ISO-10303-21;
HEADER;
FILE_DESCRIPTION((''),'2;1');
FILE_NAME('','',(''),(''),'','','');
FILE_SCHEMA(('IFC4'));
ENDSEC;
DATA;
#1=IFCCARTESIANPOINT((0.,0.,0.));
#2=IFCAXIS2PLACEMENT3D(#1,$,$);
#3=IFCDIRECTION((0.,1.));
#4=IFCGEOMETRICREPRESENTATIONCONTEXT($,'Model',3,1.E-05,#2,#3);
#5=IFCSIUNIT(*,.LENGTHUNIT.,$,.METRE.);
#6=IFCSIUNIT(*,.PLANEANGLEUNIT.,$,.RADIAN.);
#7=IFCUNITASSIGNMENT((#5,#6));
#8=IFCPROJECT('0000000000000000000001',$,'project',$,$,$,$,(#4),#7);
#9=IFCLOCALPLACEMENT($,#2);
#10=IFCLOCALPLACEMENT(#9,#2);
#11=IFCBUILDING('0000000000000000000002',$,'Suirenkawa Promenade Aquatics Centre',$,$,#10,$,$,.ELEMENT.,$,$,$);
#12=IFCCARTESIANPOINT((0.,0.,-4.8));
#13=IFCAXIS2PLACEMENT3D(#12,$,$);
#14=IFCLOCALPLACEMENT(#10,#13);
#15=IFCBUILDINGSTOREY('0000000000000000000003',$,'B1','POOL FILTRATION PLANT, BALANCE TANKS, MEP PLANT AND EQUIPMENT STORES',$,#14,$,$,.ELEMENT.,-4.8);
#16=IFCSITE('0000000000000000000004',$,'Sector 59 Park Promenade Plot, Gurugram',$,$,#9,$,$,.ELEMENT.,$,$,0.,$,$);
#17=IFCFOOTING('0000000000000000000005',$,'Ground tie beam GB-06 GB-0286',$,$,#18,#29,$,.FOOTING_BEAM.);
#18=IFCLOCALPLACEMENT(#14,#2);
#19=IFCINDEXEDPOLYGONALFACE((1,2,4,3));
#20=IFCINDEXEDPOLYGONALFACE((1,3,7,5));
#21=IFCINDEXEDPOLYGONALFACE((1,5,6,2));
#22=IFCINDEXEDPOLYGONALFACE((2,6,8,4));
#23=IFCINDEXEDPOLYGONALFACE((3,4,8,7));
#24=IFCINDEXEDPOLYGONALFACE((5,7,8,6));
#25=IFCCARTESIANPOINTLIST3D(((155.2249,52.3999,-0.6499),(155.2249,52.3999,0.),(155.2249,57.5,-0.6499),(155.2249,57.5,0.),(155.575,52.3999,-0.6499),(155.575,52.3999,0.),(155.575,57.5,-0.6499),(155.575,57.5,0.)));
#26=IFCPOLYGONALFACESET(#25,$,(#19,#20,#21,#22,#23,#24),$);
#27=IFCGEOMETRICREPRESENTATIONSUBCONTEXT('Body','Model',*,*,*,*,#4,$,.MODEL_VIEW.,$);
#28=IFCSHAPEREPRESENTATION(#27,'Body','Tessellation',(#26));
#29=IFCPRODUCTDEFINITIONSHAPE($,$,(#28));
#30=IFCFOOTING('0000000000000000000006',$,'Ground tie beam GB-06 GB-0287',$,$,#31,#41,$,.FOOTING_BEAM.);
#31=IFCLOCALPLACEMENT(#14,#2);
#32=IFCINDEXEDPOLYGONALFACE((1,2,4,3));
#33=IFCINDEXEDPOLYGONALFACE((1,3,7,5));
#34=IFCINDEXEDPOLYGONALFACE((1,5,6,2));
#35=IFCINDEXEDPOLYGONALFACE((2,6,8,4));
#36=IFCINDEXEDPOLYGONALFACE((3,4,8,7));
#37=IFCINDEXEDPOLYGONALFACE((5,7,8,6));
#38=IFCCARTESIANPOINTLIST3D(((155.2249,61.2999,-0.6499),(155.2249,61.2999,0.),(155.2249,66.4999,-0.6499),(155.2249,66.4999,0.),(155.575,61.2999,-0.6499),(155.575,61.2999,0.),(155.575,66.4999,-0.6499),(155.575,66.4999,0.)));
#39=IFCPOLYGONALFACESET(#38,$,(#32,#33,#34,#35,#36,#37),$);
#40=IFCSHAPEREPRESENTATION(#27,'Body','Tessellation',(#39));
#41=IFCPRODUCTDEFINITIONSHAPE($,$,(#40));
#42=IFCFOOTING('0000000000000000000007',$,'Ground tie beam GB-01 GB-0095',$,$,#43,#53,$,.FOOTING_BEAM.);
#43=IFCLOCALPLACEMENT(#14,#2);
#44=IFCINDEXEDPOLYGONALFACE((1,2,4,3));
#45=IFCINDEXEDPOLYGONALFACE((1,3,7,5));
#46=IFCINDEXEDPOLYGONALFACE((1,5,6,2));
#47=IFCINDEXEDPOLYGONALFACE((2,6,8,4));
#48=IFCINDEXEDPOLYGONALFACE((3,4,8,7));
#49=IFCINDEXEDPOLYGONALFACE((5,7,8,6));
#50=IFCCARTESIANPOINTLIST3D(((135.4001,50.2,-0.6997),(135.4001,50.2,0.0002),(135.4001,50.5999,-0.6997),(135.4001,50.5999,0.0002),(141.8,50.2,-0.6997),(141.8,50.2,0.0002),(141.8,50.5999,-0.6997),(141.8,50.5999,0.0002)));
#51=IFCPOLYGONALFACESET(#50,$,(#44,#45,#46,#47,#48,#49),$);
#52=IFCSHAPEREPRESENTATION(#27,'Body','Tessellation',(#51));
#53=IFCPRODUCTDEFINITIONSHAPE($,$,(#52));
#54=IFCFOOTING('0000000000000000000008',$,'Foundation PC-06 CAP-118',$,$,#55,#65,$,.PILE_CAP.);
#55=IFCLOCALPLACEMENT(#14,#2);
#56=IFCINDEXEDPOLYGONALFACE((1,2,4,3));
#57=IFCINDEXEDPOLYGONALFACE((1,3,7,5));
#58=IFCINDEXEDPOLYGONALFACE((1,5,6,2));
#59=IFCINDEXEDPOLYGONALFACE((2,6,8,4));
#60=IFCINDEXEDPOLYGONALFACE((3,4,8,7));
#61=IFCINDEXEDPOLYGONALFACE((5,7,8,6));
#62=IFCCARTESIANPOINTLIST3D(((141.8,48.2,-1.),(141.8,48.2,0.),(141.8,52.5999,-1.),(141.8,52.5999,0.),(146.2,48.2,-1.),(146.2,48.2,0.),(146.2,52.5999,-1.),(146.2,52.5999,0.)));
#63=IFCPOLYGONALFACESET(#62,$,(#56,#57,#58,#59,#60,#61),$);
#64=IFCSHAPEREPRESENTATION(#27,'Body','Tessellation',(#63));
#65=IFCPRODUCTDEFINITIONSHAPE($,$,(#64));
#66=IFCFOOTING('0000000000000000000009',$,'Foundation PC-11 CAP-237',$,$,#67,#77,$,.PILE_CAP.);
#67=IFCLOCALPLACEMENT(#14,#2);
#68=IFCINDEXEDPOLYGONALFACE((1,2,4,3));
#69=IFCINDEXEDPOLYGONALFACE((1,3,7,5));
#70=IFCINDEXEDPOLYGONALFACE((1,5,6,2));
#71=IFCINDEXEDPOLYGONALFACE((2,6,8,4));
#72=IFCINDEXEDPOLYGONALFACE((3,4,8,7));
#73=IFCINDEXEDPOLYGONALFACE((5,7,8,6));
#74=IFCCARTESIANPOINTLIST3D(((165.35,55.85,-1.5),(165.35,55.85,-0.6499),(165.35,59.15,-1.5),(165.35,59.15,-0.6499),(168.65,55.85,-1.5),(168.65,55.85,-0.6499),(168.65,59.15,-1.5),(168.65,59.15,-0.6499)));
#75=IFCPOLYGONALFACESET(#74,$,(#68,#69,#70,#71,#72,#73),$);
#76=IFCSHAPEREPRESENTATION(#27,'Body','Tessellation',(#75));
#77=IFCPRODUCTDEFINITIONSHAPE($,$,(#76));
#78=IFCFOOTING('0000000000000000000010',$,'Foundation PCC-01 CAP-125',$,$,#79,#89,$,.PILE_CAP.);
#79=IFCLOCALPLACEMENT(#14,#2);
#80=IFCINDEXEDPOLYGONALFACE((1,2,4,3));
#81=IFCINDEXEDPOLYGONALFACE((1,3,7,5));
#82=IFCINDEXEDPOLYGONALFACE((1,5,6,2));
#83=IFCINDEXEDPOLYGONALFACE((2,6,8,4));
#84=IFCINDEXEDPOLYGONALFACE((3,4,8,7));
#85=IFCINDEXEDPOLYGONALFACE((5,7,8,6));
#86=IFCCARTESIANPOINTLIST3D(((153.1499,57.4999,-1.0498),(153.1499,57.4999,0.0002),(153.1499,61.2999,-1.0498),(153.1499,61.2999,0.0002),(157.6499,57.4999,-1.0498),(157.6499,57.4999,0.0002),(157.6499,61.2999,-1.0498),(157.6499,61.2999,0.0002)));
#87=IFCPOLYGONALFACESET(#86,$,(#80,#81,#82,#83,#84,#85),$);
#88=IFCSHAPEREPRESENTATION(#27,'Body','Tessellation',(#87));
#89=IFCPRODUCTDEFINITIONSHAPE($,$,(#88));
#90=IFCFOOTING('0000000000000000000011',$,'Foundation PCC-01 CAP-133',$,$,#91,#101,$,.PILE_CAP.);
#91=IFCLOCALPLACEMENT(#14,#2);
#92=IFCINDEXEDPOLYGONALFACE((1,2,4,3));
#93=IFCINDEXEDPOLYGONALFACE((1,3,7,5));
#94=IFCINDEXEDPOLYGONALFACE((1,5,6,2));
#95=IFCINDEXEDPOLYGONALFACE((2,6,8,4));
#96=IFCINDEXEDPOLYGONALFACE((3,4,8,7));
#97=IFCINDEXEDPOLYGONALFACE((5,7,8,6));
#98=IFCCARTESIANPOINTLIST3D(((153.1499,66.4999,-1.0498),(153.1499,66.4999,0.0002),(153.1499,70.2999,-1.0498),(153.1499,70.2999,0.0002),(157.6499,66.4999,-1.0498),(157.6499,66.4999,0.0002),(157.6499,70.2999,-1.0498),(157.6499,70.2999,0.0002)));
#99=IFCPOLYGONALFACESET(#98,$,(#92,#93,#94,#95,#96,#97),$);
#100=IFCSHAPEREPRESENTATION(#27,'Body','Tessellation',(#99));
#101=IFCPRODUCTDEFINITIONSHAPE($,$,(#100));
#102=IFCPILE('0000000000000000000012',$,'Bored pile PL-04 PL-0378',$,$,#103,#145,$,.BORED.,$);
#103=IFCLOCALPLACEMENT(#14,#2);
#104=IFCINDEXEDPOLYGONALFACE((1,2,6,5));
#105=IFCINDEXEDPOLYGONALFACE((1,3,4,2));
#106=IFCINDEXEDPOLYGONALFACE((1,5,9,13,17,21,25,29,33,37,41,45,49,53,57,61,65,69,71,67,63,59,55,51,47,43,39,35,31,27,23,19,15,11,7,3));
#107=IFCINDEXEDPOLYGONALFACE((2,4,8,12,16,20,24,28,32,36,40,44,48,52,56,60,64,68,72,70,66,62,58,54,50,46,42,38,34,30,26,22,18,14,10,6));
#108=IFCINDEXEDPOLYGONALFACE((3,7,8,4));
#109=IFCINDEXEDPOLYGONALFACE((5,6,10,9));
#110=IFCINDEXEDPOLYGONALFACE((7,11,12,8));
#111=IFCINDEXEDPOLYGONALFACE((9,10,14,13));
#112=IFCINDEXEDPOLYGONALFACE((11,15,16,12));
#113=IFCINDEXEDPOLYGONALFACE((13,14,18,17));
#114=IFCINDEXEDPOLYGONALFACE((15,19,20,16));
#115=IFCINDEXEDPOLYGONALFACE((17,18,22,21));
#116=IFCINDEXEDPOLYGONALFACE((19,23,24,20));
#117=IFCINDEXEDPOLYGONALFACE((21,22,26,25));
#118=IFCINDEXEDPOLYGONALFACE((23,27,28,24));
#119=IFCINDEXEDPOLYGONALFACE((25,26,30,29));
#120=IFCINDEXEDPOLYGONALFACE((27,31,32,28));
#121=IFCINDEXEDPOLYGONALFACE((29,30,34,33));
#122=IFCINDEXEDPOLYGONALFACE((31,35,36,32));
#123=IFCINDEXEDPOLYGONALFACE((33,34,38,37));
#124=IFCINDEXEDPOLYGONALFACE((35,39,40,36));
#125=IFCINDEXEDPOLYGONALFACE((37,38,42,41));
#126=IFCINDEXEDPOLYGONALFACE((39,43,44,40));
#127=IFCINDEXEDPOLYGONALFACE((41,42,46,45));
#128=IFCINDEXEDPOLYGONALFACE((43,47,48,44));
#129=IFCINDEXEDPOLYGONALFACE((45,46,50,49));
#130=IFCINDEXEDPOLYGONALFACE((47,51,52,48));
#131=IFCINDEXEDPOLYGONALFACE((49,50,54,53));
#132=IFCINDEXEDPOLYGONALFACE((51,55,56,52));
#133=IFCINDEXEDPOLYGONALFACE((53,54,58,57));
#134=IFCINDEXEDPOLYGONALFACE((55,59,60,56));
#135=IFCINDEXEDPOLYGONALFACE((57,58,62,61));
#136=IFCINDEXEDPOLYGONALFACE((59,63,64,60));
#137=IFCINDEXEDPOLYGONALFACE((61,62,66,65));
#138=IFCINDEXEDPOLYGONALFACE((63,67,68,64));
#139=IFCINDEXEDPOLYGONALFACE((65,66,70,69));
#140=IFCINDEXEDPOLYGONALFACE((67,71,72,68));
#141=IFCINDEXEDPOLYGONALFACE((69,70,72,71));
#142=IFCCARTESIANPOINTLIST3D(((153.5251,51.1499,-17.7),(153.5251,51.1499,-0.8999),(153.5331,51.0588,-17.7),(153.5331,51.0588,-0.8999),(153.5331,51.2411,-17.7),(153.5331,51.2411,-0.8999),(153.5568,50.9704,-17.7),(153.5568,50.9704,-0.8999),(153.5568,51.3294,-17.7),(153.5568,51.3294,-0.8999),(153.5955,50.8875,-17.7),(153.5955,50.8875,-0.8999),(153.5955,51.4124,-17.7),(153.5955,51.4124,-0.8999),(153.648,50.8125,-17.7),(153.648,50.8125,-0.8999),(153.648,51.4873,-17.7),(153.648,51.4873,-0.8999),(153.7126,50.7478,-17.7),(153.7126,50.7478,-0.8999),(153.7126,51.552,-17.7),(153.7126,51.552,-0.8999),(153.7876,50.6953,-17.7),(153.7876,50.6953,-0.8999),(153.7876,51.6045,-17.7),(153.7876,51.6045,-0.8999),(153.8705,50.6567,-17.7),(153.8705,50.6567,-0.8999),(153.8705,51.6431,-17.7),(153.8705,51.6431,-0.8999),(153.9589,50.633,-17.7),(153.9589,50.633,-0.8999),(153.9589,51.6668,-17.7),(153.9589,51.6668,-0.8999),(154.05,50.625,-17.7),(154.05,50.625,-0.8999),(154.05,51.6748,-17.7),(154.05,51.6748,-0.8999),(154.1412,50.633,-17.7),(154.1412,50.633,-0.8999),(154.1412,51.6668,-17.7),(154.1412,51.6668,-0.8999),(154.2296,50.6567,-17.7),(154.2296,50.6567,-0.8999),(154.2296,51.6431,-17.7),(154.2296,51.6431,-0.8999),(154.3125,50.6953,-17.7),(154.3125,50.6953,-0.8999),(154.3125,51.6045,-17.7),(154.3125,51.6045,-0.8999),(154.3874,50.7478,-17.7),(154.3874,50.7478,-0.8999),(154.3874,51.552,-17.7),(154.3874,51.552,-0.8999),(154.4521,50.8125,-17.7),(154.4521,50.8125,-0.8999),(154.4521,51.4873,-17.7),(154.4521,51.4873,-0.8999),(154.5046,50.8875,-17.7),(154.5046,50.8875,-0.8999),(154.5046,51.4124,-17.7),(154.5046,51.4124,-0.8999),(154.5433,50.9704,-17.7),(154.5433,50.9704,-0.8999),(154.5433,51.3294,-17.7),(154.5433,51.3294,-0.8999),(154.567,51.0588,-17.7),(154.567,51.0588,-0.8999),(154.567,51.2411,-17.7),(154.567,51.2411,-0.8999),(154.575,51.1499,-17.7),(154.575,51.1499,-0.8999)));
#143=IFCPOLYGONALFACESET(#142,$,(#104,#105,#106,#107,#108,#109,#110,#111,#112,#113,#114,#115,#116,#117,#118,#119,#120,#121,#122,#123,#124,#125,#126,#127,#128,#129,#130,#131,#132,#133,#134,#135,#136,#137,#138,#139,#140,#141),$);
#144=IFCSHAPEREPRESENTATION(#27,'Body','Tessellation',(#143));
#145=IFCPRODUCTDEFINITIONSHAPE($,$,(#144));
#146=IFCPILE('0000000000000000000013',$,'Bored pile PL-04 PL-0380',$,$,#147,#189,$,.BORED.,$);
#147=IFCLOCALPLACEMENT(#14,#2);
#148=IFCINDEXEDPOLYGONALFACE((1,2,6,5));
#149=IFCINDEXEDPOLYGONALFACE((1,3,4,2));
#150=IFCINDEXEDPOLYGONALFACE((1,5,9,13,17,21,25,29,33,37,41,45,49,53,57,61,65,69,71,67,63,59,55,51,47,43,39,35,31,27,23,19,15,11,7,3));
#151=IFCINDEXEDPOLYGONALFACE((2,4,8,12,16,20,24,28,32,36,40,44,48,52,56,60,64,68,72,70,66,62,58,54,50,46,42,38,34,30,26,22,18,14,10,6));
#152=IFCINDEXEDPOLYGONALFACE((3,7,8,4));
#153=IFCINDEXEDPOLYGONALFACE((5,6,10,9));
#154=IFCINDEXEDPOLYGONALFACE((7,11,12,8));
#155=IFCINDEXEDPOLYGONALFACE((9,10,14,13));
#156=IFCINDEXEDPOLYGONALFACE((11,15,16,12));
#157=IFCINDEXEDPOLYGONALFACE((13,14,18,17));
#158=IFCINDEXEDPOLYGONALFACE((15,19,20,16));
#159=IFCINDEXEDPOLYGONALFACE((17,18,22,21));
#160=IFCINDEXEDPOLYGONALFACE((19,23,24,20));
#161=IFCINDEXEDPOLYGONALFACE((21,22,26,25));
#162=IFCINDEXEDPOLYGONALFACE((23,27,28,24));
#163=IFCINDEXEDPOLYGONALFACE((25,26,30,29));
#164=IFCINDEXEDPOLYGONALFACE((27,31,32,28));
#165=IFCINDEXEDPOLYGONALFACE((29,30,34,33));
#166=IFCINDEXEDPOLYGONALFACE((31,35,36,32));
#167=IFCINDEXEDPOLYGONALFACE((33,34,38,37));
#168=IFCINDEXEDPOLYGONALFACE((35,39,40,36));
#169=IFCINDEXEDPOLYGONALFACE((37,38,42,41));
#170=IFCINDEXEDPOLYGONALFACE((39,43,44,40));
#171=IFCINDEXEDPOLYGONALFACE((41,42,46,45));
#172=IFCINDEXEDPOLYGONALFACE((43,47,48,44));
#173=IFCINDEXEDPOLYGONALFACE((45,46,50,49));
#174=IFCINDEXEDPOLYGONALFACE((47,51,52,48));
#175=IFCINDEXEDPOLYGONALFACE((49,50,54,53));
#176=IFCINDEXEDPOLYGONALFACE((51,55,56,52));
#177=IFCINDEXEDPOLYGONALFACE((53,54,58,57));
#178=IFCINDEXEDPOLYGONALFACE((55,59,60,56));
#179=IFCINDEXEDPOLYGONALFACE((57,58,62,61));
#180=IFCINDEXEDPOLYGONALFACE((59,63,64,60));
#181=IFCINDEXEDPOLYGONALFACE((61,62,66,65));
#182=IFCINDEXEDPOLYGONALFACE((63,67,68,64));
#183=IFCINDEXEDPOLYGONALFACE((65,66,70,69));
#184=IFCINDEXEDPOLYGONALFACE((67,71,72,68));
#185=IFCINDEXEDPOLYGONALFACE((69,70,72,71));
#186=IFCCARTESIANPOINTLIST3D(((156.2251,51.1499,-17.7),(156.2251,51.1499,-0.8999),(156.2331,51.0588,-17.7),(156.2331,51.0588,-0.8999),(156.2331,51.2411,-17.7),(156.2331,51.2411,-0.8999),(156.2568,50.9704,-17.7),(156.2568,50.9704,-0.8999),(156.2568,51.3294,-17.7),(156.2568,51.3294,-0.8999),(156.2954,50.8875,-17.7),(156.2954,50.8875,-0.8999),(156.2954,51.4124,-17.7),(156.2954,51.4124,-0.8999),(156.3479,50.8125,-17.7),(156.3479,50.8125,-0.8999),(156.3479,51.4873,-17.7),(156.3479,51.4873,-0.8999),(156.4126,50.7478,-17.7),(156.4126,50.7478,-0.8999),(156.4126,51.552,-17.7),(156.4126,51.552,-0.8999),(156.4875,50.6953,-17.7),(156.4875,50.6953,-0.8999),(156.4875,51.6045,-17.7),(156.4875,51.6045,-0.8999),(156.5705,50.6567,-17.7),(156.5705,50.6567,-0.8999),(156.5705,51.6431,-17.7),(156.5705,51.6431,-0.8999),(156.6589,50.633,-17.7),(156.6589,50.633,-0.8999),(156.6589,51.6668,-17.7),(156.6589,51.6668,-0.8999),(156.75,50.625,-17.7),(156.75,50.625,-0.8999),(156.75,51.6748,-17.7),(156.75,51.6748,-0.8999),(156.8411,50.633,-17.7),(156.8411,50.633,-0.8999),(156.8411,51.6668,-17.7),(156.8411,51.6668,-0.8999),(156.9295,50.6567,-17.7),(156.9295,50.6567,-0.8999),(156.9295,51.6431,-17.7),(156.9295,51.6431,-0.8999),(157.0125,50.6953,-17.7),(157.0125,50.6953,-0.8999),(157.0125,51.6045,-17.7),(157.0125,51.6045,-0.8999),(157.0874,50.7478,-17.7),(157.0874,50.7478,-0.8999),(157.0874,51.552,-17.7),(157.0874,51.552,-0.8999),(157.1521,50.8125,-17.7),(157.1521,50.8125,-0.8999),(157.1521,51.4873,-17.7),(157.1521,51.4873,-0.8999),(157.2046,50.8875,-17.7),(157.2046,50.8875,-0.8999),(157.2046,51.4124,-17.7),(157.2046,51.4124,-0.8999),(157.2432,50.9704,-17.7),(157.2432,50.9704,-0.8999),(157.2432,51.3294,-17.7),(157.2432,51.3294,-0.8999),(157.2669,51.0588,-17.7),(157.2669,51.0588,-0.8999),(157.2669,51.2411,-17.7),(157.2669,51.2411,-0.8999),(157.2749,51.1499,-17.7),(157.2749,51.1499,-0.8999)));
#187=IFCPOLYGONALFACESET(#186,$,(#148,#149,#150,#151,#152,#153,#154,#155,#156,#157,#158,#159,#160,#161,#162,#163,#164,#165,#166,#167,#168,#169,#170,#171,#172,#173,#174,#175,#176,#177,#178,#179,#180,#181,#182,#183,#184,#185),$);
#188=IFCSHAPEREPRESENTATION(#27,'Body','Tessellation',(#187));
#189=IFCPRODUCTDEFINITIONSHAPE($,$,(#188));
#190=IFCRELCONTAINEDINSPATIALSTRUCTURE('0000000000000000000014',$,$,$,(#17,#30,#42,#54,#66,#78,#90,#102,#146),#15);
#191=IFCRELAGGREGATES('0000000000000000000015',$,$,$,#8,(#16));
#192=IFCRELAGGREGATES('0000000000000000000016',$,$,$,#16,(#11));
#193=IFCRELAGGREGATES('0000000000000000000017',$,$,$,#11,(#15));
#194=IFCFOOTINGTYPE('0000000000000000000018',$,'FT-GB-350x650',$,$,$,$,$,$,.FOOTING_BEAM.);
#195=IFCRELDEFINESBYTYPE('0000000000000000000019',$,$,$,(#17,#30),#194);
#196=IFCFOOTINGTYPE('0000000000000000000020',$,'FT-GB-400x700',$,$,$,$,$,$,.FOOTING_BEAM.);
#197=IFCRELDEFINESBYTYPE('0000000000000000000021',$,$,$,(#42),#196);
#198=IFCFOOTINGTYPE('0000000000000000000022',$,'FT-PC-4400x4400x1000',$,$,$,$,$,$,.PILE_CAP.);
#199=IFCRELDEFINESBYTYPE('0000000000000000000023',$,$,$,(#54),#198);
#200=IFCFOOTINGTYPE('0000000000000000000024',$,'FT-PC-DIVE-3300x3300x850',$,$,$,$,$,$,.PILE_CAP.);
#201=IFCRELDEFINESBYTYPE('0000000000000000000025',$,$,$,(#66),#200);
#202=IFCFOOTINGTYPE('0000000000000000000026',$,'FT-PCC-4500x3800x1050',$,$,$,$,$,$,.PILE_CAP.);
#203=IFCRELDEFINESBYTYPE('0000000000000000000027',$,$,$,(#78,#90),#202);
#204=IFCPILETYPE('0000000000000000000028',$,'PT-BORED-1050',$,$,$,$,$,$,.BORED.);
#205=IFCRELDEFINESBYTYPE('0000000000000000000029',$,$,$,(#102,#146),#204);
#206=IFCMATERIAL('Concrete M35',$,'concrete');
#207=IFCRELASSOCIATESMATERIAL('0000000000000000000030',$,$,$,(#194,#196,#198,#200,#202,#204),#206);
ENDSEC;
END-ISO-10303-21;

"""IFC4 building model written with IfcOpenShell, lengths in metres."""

from ifc_helpers import new_model, si_unit, direction, frame, origin, origin_2d, place, context, subcontext, project, spatial, rectangle, circle, extrude, material, material_profile, profile_set, type_object, element, save


model = new_model("IFC4")

# Units and contexts
model_context = context("Model", 3, precision=1e-05, world=origin(), true_north=direction((0.0, 1.0)))
body_context = subcontext(model_context, "Body", "Model", "MODEL_VIEW")
ifc_project = project(units=[si_unit("LENGTHUNIT", "METRE"), si_unit("PLANEANGLEUNIT", "RADIAN")], contexts=[model_context])

# Site, building, storey
site_placement = place(None, origin())
site = spatial("IfcSite", under=ifc_project, at=site_placement, Name="Sector 59 Park Promenade Plot, Gurugram", CompositionType="ELEMENT", RefElevation=0.0)
building_placement = place(site_placement, origin())
building = spatial("IfcBuilding", under=site, at=building_placement, Name="Suirenkawa Promenade Aquatics Centre", CompositionType="ELEMENT")
storey_placement = place(building_placement, frame((0.0, 0.0, -4.8)))
storey = spatial("IfcBuildingStorey", under=building, at=storey_placement, Name="B1", Description="POOL FILTRATION PLANT, BALANCE TANKS, MEP PLANT AND EQUIPMENT STORES", CompositionType="ELEMENT", Elevation=-4.8)

# Footings
ifc_material_1 = material(Name="Concrete M35", Category="concrete")
footing_type_1 = type_object("IfcFootingType", Name="FT-GB-350x650", PredefinedType="FOOTING_BEAM", material=ifc_material_1)
footing_1_placement = place(storey_placement, frame((155.3999, 54.95, -0.6499), z_axis=(0.0, 0.0, 1.0), x_axis=(0.0, 1.0, 0.0)))
element("IfcFooting", 1, at=footing_1_placement, inside=storey, type_object=footing_type_1, Name="Ground tie beam GB-06 GB-0286", PredefinedType="FOOTING_BEAM", context=body_context, shape_type="SweptSolid", body=[
    extrude(rectangle(XDim=5.1001, YDim=0.3501, at=origin_2d()), origin(), (0.0, 0.0, 1.0), 0.6499),
])
footing_2_placement = place(storey_placement, frame((155.3999, 63.8999, -0.6499), z_axis=(0.0, 0.0, 1.0), x_axis=(0.0, 1.0, 0.0)))
element("IfcFooting", 2, at=footing_2_placement, inside=storey, type_object=footing_type_1, Name="Ground tie beam GB-06 GB-0287", PredefinedType="FOOTING_BEAM", context=body_context, shape_type="SweptSolid", body=[
    extrude(rectangle(XDim=5.2, YDim=0.3501, at=origin_2d()), origin(), (0.0, 0.0, 1.0), 0.6499),
])
footing_type_2 = type_object("IfcFootingType", Name="FT-GB-400x700", PredefinedType="FOOTING_BEAM", material=ifc_material_1)
footing_3_placement = place(storey_placement, frame((138.6001, 50.3999, -0.6997), z_axis=(0.0, 0.0, 1.0), x_axis=(1.0, 0.0, 0.0)))
element("IfcFooting", 3, at=footing_3_placement, inside=storey, type_object=footing_type_2, Name="Ground tie beam GB-01 GB-0095", PredefinedType="FOOTING_BEAM", context=body_context, shape_type="SweptSolid", body=[
    extrude(rectangle(XDim=6.3999, YDim=0.3999, at=origin_2d()), origin(), (0.0, 0.0, 1.0), 0.7),
])
footing_type_3 = type_object("IfcFootingType", Name="FT-PC-4400x4400x1000", PredefinedType="PILE_CAP", material=ifc_material_1)
footing_4_placement = place(storey_placement, frame((144.0, 50.3999, -1.0), z_axis=(0.0, 0.0, 1.0), x_axis=(1.0, 0.0, 0.0)))
element("IfcFooting", 4, at=footing_4_placement, inside=storey, type_object=footing_type_3, Name="Foundation PC-06 CAP-118", PredefinedType="PILE_CAP", context=body_context, shape_type="SweptSolid", body=[
    extrude(rectangle(XDim=4.3999, YDim=4.3999, at=origin_2d()), origin(), (0.0, 0.0, 1.0), 1.0),
])
footing_type_4 = type_object("IfcFootingType", Name="FT-PC-DIVE-3300x3300x850", PredefinedType="PILE_CAP", material=ifc_material_1)
footing_5_placement = place(storey_placement, frame((167.0, 57.5, -1.5), z_axis=(0.0, 0.0, 1.0), x_axis=(1.0, 0.0, 0.0)))
element("IfcFooting", 5, at=footing_5_placement, inside=storey, type_object=footing_type_4, Name="Foundation PC-11 CAP-237", PredefinedType="PILE_CAP", context=body_context, shape_type="SweptSolid", body=[
    extrude(rectangle(XDim=3.3, YDim=3.3, at=origin_2d()), origin(), (0.0, 0.0, 1.0), 0.8501),
])
footing_type_5 = type_object("IfcFootingType", Name="FT-PCC-4500x3800x1050", PredefinedType="PILE_CAP", material=ifc_material_1)
for number, where, z_axis, x_axis, name in (
    (6, (155.3999, 59.3999, -1.0498), (0.0, 0.0, 1.0), (1.0, 0.0, 0.0), "Foundation PCC-01 CAP-125"),
    (7, (155.3999, 68.3999, -1.0498), (0.0, 0.0, 1.0), (1.0, 0.0, 0.0), "Foundation PCC-01 CAP-133"),
):
    element("IfcFooting", number, at=place(storey_placement, frame(where, z_axis=z_axis, x_axis=x_axis)), inside=storey, type_object=footing_type_5, Name=name, PredefinedType="PILE_CAP", context=body_context, shape_type="SweptSolid", body=[
        extrude(rectangle(XDim=4.5, YDim=3.8, at=origin_2d()), origin(), (0.0, 0.0, 1.0), 1.05),
    ])

# Piles
ifc_material_profile_1 = material_profile(ifc_material_1, circle(Radius=0.5249, at=origin_2d()), Name="PILE D1050", Category="concrete")
ifc_profile_set_1 = profile_set([ifc_material_profile_1], Name="Concrete M35")
pile_type_1 = type_object("IfcPileType", Name="PT-BORED-1050", PredefinedType="BORED", material=ifc_profile_set_1)
for number, where, z_axis, x_axis, name in (
    (8, (154.05, 51.1499, -0.8999), (0.0, 0.0, -1.0), (1.0, 0.0, 0.0), "Bored pile PL-04 PL-0378"),
    (9, (156.75, 51.1499, -0.8999), (0.0, 0.0, -1.0), (1.0, 0.0, 0.0), "Bored pile PL-04 PL-0380"),
):
    element("IfcPile", number, at=place(storey_placement, frame(where, z_axis=z_axis, x_axis=x_axis)), inside=storey, type_object=pile_type_1, Name=name, PredefinedType="BORED", context=body_context, shape_type="SweptSolid", body=[
        extrude(circle(Radius=0.5249, at=origin_2d()), origin(), (0.0, 0.0, 1.0), 16.8),
    ])

save(model, "model.ifc")
